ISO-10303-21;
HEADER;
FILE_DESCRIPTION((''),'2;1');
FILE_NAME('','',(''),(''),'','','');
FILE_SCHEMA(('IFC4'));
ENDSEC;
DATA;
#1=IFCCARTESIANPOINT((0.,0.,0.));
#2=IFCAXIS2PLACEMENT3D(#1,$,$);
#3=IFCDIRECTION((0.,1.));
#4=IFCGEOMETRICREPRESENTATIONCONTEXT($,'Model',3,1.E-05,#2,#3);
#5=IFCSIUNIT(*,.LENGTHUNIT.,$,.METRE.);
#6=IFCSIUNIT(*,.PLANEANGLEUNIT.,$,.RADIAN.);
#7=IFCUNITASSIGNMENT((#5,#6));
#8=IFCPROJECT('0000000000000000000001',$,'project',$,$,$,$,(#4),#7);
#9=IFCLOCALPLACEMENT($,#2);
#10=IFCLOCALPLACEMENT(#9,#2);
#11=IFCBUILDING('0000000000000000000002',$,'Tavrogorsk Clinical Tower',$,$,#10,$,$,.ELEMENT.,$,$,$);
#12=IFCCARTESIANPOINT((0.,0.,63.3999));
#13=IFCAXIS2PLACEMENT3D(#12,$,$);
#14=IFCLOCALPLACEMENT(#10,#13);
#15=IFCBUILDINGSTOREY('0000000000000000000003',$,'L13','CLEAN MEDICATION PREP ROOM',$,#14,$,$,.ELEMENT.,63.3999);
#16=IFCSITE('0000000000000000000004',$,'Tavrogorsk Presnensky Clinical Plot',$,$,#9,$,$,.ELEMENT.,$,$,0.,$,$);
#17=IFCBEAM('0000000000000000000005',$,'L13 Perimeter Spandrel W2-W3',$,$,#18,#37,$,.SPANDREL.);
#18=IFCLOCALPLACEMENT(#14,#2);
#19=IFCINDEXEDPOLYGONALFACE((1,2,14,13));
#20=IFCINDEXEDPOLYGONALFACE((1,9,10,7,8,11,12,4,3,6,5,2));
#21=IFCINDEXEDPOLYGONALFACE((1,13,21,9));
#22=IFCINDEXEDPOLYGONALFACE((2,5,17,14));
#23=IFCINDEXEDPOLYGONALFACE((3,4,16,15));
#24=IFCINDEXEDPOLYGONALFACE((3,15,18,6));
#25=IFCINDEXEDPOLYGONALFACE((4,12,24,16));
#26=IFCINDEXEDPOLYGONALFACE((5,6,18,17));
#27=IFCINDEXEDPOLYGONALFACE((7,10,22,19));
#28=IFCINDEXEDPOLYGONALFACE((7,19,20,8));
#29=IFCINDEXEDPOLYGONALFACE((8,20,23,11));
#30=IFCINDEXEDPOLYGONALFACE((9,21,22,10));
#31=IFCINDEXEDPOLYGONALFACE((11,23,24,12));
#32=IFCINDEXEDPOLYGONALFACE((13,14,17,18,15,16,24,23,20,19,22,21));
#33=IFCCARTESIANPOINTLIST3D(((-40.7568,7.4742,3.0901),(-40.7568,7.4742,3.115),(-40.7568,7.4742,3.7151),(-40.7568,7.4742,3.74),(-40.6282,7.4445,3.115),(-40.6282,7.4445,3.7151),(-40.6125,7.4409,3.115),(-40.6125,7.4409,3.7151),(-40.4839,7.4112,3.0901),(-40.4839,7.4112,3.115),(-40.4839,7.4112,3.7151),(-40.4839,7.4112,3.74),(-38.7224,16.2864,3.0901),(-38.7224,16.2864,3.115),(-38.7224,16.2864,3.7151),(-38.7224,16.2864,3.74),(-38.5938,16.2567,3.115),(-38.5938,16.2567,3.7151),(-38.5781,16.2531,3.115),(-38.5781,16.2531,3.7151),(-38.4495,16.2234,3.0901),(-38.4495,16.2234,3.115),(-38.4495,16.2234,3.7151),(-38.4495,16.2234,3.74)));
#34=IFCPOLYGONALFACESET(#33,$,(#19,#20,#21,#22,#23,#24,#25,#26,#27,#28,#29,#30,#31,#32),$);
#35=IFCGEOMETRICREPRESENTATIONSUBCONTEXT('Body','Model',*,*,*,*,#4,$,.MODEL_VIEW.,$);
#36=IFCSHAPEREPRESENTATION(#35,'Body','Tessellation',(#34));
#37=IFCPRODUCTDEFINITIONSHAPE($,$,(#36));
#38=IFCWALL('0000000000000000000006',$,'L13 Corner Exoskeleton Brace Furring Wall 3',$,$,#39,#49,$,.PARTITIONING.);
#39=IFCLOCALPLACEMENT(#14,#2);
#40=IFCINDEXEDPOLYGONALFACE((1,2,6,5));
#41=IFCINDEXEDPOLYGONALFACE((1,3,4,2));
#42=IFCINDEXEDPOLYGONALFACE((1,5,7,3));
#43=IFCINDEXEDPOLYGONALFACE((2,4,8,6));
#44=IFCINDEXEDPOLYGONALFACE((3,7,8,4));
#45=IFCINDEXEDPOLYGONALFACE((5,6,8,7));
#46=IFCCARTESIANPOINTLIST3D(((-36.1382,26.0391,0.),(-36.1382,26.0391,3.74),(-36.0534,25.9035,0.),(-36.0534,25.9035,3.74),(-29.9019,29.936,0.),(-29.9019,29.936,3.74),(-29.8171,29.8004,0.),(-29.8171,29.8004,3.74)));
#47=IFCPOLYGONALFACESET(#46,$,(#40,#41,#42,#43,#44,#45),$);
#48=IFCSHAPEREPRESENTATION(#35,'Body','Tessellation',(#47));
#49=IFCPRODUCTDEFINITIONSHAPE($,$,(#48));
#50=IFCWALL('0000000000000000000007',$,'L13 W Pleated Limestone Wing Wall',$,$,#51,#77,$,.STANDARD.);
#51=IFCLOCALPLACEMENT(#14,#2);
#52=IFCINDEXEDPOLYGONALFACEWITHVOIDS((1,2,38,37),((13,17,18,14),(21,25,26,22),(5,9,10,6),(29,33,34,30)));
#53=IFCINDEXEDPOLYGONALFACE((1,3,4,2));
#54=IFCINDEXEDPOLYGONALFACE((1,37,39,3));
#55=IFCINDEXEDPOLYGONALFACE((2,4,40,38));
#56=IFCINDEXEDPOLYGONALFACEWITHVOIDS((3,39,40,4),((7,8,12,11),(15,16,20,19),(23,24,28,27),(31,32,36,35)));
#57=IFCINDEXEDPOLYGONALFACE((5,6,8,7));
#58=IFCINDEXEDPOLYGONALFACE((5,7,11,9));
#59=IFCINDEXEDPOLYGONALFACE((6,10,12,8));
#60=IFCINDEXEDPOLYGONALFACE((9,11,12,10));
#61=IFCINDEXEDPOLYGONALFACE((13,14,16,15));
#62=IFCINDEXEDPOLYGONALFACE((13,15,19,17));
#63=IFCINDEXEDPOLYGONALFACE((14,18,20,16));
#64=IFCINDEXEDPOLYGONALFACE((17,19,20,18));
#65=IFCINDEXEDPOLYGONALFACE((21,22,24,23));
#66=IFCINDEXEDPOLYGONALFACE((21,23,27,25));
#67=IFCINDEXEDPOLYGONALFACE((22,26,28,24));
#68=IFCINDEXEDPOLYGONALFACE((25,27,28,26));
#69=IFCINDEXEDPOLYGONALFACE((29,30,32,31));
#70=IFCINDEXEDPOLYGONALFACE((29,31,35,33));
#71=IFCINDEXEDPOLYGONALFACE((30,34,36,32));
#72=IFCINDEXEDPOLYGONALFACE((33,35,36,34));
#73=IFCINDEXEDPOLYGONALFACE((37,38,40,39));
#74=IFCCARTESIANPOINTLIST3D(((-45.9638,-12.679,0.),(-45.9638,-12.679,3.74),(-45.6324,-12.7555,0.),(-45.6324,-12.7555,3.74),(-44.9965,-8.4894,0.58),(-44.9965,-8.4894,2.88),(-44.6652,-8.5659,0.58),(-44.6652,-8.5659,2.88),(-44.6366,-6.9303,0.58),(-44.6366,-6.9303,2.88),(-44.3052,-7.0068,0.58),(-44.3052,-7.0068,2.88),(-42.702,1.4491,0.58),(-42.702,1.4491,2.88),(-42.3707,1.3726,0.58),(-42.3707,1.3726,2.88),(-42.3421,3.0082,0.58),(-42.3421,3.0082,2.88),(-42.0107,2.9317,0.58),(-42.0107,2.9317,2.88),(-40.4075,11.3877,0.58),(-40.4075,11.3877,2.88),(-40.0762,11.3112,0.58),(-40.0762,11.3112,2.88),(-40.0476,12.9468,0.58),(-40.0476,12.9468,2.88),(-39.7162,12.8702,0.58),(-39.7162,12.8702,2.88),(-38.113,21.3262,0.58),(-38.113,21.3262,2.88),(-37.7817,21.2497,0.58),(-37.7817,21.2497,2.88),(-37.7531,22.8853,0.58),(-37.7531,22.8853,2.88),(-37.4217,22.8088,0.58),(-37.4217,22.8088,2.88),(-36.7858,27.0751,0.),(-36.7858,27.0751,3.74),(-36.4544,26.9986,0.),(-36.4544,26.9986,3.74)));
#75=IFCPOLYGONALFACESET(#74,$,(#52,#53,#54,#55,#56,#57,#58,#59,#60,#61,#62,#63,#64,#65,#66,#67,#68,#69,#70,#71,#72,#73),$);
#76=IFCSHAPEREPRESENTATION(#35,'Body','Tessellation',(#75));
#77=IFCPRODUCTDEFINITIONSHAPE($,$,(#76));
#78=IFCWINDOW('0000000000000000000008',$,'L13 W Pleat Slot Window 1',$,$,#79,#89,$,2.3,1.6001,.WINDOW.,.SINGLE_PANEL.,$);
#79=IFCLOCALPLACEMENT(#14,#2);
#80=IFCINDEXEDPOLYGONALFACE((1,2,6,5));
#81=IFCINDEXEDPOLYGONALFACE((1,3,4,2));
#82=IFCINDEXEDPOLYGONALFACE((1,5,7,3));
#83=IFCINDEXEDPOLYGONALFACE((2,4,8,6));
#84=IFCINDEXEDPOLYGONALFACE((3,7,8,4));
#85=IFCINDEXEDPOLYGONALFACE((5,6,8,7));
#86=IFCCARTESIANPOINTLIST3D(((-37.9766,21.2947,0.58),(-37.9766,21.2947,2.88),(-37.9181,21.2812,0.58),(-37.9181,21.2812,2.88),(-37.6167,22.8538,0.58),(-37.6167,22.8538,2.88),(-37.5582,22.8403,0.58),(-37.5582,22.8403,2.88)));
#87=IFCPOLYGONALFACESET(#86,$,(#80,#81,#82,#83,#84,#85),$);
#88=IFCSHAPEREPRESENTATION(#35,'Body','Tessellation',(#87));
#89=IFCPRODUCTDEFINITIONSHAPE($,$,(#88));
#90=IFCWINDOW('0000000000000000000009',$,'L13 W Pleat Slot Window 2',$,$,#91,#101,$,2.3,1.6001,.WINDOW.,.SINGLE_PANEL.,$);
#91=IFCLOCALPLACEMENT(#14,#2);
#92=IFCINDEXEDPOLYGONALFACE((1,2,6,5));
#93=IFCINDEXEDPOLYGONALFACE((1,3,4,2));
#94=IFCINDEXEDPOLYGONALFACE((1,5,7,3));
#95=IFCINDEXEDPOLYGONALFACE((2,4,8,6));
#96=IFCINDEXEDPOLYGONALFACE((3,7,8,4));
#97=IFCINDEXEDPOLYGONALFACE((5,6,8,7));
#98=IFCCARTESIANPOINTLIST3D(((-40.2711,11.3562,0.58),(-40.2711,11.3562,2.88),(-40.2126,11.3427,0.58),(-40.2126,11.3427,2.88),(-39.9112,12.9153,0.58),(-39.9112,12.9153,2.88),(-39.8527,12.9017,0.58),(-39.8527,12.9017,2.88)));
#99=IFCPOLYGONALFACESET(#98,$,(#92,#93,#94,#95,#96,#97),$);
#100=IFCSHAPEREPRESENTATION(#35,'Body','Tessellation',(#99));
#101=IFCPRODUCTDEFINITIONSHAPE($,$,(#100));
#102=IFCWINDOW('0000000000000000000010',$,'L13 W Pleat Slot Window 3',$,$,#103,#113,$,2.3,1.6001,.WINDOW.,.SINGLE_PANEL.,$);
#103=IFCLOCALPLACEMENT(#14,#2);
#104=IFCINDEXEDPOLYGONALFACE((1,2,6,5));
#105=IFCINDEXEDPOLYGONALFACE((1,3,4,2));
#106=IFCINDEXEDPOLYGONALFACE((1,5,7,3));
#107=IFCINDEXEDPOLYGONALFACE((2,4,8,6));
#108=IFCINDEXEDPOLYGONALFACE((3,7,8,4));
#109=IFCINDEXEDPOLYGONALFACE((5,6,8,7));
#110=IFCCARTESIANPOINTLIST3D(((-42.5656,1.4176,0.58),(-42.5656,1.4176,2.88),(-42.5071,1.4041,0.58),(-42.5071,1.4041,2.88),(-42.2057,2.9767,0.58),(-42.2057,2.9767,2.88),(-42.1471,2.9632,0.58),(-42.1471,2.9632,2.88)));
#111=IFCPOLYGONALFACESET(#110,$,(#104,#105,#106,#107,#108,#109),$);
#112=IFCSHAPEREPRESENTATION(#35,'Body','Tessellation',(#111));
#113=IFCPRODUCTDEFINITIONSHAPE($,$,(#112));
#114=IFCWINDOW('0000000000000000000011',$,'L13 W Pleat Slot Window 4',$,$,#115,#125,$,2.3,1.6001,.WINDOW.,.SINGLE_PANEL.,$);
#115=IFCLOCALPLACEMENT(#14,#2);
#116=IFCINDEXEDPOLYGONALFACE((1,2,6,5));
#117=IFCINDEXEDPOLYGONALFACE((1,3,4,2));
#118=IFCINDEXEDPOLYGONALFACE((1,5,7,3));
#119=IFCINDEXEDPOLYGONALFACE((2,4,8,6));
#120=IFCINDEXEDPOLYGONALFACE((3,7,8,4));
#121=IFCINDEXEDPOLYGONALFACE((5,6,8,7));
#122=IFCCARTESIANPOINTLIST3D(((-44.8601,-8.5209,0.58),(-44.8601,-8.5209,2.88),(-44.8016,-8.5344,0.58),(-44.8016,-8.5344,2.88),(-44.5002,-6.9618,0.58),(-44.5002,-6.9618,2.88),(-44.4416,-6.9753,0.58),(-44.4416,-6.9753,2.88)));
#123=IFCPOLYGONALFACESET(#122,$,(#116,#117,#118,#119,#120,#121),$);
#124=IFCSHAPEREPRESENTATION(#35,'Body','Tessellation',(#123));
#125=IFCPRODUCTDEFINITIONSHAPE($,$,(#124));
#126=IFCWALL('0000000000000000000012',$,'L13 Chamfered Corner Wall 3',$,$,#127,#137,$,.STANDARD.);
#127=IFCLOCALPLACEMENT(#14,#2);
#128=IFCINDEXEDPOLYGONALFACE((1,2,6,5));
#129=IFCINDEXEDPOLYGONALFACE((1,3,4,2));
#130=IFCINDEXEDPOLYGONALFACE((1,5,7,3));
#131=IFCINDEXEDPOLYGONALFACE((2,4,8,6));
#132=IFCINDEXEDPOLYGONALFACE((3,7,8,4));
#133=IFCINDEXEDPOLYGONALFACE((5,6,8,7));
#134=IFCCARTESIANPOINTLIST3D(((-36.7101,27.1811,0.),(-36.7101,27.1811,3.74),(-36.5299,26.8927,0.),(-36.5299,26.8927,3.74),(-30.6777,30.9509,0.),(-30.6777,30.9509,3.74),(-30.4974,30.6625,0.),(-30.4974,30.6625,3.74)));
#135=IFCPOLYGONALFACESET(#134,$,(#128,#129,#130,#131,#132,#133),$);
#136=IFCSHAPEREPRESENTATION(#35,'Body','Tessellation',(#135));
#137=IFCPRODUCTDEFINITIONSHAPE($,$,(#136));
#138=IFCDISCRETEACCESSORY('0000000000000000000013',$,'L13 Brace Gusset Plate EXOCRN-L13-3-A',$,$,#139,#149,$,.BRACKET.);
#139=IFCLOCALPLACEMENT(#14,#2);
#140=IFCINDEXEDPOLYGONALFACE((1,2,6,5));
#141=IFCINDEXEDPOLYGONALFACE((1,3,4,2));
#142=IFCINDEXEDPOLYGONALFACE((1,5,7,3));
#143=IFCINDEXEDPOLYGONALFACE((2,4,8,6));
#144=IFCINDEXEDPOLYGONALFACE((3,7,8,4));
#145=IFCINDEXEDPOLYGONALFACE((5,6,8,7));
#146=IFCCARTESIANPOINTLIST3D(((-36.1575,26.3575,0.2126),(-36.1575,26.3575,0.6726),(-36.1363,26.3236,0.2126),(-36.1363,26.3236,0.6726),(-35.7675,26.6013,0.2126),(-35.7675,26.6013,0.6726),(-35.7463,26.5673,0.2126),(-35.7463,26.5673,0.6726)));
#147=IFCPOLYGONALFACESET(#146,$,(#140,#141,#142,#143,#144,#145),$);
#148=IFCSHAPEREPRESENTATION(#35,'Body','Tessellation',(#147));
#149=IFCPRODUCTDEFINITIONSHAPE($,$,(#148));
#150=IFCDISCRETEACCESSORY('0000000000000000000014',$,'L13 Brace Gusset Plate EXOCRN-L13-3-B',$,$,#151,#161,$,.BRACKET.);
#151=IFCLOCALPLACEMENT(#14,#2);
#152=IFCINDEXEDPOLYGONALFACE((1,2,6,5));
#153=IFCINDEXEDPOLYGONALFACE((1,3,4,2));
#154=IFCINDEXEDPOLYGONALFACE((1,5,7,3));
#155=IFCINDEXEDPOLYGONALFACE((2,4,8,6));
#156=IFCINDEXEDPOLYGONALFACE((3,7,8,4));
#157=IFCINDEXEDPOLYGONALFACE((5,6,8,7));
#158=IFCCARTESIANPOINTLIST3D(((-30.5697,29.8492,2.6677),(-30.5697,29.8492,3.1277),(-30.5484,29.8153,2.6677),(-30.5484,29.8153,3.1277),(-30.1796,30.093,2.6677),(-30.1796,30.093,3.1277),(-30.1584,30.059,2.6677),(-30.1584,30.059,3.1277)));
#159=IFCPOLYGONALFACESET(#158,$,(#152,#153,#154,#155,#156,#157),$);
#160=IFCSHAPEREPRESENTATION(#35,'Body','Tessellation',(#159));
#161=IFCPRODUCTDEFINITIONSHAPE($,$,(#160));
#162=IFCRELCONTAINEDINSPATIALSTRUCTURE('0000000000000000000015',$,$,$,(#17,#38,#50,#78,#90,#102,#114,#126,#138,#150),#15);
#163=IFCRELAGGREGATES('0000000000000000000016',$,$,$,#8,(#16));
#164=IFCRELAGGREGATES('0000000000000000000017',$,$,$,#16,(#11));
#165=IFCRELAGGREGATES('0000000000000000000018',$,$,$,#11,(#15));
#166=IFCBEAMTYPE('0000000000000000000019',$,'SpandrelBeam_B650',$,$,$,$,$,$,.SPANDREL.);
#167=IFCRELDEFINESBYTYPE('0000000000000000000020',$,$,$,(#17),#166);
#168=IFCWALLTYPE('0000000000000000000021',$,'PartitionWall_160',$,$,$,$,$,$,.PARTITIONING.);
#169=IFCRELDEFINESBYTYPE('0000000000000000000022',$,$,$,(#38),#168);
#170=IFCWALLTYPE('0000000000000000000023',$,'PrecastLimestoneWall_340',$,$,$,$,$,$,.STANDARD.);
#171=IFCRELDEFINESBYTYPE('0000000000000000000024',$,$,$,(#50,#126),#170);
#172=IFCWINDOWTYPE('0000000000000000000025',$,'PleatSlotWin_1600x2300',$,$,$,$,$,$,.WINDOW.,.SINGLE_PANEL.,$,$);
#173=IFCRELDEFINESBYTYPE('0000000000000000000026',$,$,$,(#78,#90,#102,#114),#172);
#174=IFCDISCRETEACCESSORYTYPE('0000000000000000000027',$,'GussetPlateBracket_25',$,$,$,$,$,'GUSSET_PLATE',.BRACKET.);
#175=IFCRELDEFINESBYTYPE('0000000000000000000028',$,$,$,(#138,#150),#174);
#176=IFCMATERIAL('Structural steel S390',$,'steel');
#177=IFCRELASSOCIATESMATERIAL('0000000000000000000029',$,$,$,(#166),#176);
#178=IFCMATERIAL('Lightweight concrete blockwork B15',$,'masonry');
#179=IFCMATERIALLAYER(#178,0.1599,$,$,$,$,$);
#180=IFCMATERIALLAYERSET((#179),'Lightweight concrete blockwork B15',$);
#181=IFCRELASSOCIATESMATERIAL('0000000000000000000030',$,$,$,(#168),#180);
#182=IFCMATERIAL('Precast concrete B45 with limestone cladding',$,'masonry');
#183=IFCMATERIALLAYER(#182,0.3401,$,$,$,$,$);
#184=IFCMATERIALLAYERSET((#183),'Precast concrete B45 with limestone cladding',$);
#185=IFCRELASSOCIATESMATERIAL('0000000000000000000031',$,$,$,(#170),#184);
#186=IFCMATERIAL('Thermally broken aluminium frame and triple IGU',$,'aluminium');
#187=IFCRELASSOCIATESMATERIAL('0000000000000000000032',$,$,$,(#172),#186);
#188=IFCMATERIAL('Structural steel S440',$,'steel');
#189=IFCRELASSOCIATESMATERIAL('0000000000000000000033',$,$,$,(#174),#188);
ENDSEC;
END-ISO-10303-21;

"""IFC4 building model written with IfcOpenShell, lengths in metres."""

from ifc_helpers import new_model, si_unit, direction, frame, frame_2d, origin, origin_2d, place, context, subcontext, project, spatial, rectangle, i_section, extrude, material, layer, layer_set, material_profile, profile_set, type_object, element, fill, save


model = new_model("IFC4")

# Units and contexts
model_context = context("Model", 3, precision=1e-05, world=origin(), true_north=direction((0.0, 1.0)))
body_context = subcontext(model_context, "Body", "Model", "MODEL_VIEW")
ifc_project = project(units=[si_unit("LENGTHUNIT", "METRE"), si_unit("PLANEANGLEUNIT", "RADIAN")], contexts=[model_context])

# Site, building, storey
site_placement = place(None, origin())
site = spatial("IfcSite", under=ifc_project, at=site_placement, Name="Tavrogorsk Presnensky Clinical Plot", CompositionType="ELEMENT", RefElevation=0.0)
building_placement = place(site_placement, origin())
building = spatial("IfcBuilding", under=site, at=building_placement, Name="Tavrogorsk Clinical Tower", CompositionType="ELEMENT")
storey_placement = place(building_placement, frame((0.0, 0.0, 63.3999)))
storey = spatial("IfcBuildingStorey", under=building, at=storey_placement, Name="L13", Description="CLEAN MEDICATION PREP ROOM", CompositionType="ELEMENT", Elevation=63.3999)

# Beam
ifc_material_1 = material(Name="Structural steel S390", Category="steel")
ifc_material_profile_1 = material_profile(ifc_material_1, i_section(OverallWidth=0.28, OverallDepth=0.6499, WebThickness=0.0161, FlangeThickness=0.0249, at=origin_2d()), Name="B-650x280x16x25")
ifc_profile_set_1 = profile_set([ifc_material_profile_1], Name="Structural steel S390")
beam_type_1 = type_object("IfcBeamType", Name="SpandrelBeam_B650", PredefinedType="SPANDREL", material=ifc_profile_set_1)
beam_1_placement = place(storey_placement, frame((-38.5859, 16.2549, 3.415), z_axis=(-0.224946, -0.974371, 0.0), x_axis=(0.974371, -0.224946, 0.0)))
element("IfcBeam", 1, at=beam_1_placement, inside=storey, type_object=beam_type_1, Name="L13 Perimeter Spandrel W2-W3", PredefinedType="SPANDREL", context=body_context, shape_type="SweptSolid", body=[
    extrude(i_section(OverallWidth=0.28, OverallDepth=0.6499, WebThickness=0.0161, FlangeThickness=0.0249, at=origin_2d()), origin(), (0.0, 0.0, 1.0), 9.0439),
])

# Wall
ifc_material_2 = material(Name="Lightweight concrete blockwork B15", Category="masonry")
ifc_layer_1 = layer(ifc_material_2, 0.1599)
ifc_layer_set_1 = layer_set([ifc_layer_1], Name="Lightweight concrete blockwork B15")
wall_type_1 = type_object("IfcWallType", Name="PartitionWall_160", PredefinedType="PARTITIONING", material=ifc_layer_set_1)
wall_1_placement = place(storey_placement, frame((-29.8596, 29.8682, 0.0), z_axis=(0.0, 0.0, 1.0), x_axis=(-0.848043, -0.529927, 0.0)))
element("IfcWall", 2, at=wall_1_placement, inside=storey, type_object=wall_type_1, Name="L13 Corner Exoskeleton Brace Furring Wall 3", PredefinedType="PARTITIONING", context=body_context, shape_type="SweptSolid", body=[
    extrude(rectangle(XDim=7.3538, YDim=0.1599, at=frame_2d((3.6768, 0.0))), origin(), (0.0, 0.0, 1.0), 3.74),
])

# Wall, openings, windows
ifc_material_3 = material(Name="Precast concrete B45 with limestone cladding", Category="masonry")
ifc_layer_2 = layer(ifc_material_3, 0.3401)
ifc_layer_set_2 = layer_set([ifc_layer_2], Name="Precast concrete B45 with limestone cladding")
wall_type_2 = type_object("IfcWallType", Name="PrecastLimestoneWall_340", PredefinedType="STANDARD", material=ifc_layer_set_2)
wall_2_placement = place(storey_placement, frame((-36.6201, 27.0369, 0.0), z_axis=(0.0, 0.0, 1.0), x_axis=(-0.224951, -0.97437, 0.0)))
wall_2 = element("IfcWall", 3, at=wall_2_placement, inside=storey, type_object=wall_type_2, Name="L13 W Pleated Limestone Wing Wall", PredefinedType="STANDARD", context=body_context, shape_type="SweptSolid", body=[
    extrude(rectangle(XDim=40.7998, YDim=0.3401, at=frame_2d((20.3999, 0.0))), origin(), (0.0, 0.0, 1.0), 3.74),
])
opening_1_placement = place(wall_2_placement, frame((4.3, 0.0, 0.5801)))
opening_1 = element("IfcOpeningElement", 4, at=opening_1_placement, cuts=wall_2, PredefinedType="OPENING", context=body_context, shape_type="SweptSolid", body=[
    extrude(rectangle(XDim=1.6001, YDim=2.3, at=frame_2d((0.8, 1.1499))), frame((0.0, 0.1799, 0.0), z_axis=(0.0, -1.0, 0.0), x_axis=(1.0, 0.0, 0.0)), (0.0, 0.0, 1.0), 0.3601),
])
opening_2_placement = place(wall_2_placement, frame((14.5, 0.0, 0.5801)))
opening_2 = element("IfcOpeningElement", 5, at=opening_2_placement, cuts=wall_2, PredefinedType="OPENING", context=body_context, shape_type="SweptSolid", body=[
    extrude(rectangle(XDim=1.6001, YDim=2.3, at=frame_2d((0.8, 1.1499))), frame((0.0, 0.1799, 0.0), z_axis=(0.0, -1.0, 0.0), x_axis=(1.0, 0.0, 0.0)), (0.0, 0.0, 1.0), 0.3601),
])
opening_3_placement = place(wall_2_placement, frame((24.7, 0.0, 0.5801)))
opening_3 = element("IfcOpeningElement", 6, at=opening_3_placement, cuts=wall_2, PredefinedType="OPENING", context=body_context, shape_type="SweptSolid", body=[
    extrude(rectangle(XDim=1.6001, YDim=2.3, at=frame_2d((0.8, 1.1499))), frame((0.0, 0.1799, 0.0), z_axis=(0.0, -1.0, 0.0), x_axis=(1.0, 0.0, 0.0)), (0.0, 0.0, 1.0), 0.3601),
])
opening_4_placement = place(wall_2_placement, frame((34.8999, 0.0, 0.5801)))
opening_4 = element("IfcOpeningElement", 7, at=opening_4_placement, cuts=wall_2, PredefinedType="OPENING", context=body_context, shape_type="SweptSolid", body=[
    extrude(rectangle(XDim=1.6001, YDim=2.3, at=frame_2d((0.8, 1.1499))), frame((0.0, 0.1799, 0.0), z_axis=(0.0, -1.0, 0.0), x_axis=(1.0, 0.0, 0.0)), (0.0, 0.0, 1.0), 0.3601),
])
ifc_material_4 = material(Name="Thermally broken aluminium frame and triple IGU", Category="aluminium")
window_type = type_object("IfcWindowType", Name="PleatSlotWin_1600x2300", PartitioningType="SINGLE_PANEL", PredefinedType="WINDOW", material=ifc_material_4)
window_1_placement = place(opening_1_placement, origin())
window_1 = element("IfcWindow", 8, at=window_1_placement, inside=storey, type_object=window_type, Name="L13 W Pleat Slot Window 1", OverallHeight=2.3, OverallWidth=1.6001, PartitioningType="SINGLE_PANEL", PredefinedType="WINDOW", context=body_context, shape_type="SweptSolid", body=[
    extrude(rectangle(XDim=1.6001, YDim=2.3, at=frame_2d((0.8, 1.1499))), frame((0.0, 0.03, 0.0), z_axis=(0.0, -1.0, 0.0), x_axis=(1.0, 0.0, 0.0)), (0.0, 0.0, 1.0), 0.0601),
])
fill(opening_1, window_1)
window_2_placement = place(opening_2_placement, origin())
window_2 = element("IfcWindow", 9, at=window_2_placement, inside=storey, type_object=window_type, Name="L13 W Pleat Slot Window 2", OverallHeight=2.3, OverallWidth=1.6001, PartitioningType="SINGLE_PANEL", PredefinedType="WINDOW", context=body_context, shape_type="SweptSolid", body=[
    extrude(rectangle(XDim=1.6001, YDim=2.3, at=frame_2d((0.8, 1.1499))), frame((0.0, 0.03, 0.0), z_axis=(0.0, -1.0, 0.0), x_axis=(1.0, 0.0, 0.0)), (0.0, 0.0, 1.0), 0.0601),
])
fill(opening_2, window_2)
window_3_placement = place(opening_3_placement, origin())
window_3 = element("IfcWindow", 10, at=window_3_placement, inside=storey, type_object=window_type, Name="L13 W Pleat Slot Window 3", OverallHeight=2.3, OverallWidth=1.6001, PartitioningType="SINGLE_PANEL", PredefinedType="WINDOW", context=body_context, shape_type="SweptSolid", body=[
    extrude(rectangle(XDim=1.6001, YDim=2.3, at=frame_2d((0.8, 1.1499))), frame((0.0, 0.03, 0.0), z_axis=(0.0, -1.0, 0.0), x_axis=(1.0, 0.0, 0.0)), (0.0, 0.0, 1.0), 0.0601),
])
fill(opening_3, window_3)
window_4_placement = place(opening_4_placement, origin())
window_4 = element("IfcWindow", 11, at=window_4_placement, inside=storey, type_object=window_type, Name="L13 W Pleat Slot Window 4", OverallHeight=2.3, OverallWidth=1.6001, PartitioningType="SINGLE_PANEL", PredefinedType="WINDOW", context=body_context, shape_type="SweptSolid", body=[
    extrude(rectangle(XDim=1.6001, YDim=2.3, at=frame_2d((0.8, 1.1499))), frame((0.0, 0.03, 0.0), z_axis=(0.0, -1.0, 0.0), x_axis=(1.0, 0.0, 0.0)), (0.0, 0.0, 1.0), 0.0601),
])
fill(opening_4, window_4)

# Wall
wall_3_placement = place(storey_placement, frame((-30.5876, 30.8066, 0.0), z_axis=(0.0, 0.0, 1.0), x_axis=(-0.848031, -0.529946, 0.0)))
element("IfcWall", 12, at=wall_3_placement, inside=storey, type_object=wall_type_2, Name="L13 Chamfered Corner Wall 3", PredefinedType="STANDARD", context=body_context, shape_type="SweptSolid", body=[
    extrude(rectangle(XDim=7.1135, YDim=0.3401, at=frame_2d((3.5566, 0.0))), origin(), (0.0, 0.0, 1.0), 3.74),
])

# Discrete accessories
ifc_material_5 = material(Name="Structural steel S440", Category="steel")
discrete_accessory_type = type_object("IfcDiscreteAccessoryType", Name="GussetPlateBracket_25", ElementType="GUSSET_PLATE", PredefinedType="BRACKET", material=ifc_material_5)
for number, where, z_axis, x_axis, name in (
    (13, (-35.9519, 26.4624, 0.2126), (0.0, 0.0, 1.0), (0.848048, 0.529919, 0.0), "L13 Brace Gusset Plate EXOCRN-L13-3-A"),
    (14, (-30.364, 29.9541, 2.6677), (0.0, 0.0, 1.0), (0.848048, 0.529919, 0.0), "L13 Brace Gusset Plate EXOCRN-L13-3-B"),
):
    element("IfcDiscreteAccessory", number, at=place(storey_placement, frame(where, z_axis=z_axis, x_axis=x_axis)), inside=storey, type_object=discrete_accessory_type, Name=name, PredefinedType="BRACKET", context=body_context, shape_type="SweptSolid", body=[
        extrude(rectangle(XDim=0.46, YDim=0.04, at=origin_2d()), origin(), (0.0, 0.0, 1.0), 0.46),
    ])

save(model, "model.ifc")
